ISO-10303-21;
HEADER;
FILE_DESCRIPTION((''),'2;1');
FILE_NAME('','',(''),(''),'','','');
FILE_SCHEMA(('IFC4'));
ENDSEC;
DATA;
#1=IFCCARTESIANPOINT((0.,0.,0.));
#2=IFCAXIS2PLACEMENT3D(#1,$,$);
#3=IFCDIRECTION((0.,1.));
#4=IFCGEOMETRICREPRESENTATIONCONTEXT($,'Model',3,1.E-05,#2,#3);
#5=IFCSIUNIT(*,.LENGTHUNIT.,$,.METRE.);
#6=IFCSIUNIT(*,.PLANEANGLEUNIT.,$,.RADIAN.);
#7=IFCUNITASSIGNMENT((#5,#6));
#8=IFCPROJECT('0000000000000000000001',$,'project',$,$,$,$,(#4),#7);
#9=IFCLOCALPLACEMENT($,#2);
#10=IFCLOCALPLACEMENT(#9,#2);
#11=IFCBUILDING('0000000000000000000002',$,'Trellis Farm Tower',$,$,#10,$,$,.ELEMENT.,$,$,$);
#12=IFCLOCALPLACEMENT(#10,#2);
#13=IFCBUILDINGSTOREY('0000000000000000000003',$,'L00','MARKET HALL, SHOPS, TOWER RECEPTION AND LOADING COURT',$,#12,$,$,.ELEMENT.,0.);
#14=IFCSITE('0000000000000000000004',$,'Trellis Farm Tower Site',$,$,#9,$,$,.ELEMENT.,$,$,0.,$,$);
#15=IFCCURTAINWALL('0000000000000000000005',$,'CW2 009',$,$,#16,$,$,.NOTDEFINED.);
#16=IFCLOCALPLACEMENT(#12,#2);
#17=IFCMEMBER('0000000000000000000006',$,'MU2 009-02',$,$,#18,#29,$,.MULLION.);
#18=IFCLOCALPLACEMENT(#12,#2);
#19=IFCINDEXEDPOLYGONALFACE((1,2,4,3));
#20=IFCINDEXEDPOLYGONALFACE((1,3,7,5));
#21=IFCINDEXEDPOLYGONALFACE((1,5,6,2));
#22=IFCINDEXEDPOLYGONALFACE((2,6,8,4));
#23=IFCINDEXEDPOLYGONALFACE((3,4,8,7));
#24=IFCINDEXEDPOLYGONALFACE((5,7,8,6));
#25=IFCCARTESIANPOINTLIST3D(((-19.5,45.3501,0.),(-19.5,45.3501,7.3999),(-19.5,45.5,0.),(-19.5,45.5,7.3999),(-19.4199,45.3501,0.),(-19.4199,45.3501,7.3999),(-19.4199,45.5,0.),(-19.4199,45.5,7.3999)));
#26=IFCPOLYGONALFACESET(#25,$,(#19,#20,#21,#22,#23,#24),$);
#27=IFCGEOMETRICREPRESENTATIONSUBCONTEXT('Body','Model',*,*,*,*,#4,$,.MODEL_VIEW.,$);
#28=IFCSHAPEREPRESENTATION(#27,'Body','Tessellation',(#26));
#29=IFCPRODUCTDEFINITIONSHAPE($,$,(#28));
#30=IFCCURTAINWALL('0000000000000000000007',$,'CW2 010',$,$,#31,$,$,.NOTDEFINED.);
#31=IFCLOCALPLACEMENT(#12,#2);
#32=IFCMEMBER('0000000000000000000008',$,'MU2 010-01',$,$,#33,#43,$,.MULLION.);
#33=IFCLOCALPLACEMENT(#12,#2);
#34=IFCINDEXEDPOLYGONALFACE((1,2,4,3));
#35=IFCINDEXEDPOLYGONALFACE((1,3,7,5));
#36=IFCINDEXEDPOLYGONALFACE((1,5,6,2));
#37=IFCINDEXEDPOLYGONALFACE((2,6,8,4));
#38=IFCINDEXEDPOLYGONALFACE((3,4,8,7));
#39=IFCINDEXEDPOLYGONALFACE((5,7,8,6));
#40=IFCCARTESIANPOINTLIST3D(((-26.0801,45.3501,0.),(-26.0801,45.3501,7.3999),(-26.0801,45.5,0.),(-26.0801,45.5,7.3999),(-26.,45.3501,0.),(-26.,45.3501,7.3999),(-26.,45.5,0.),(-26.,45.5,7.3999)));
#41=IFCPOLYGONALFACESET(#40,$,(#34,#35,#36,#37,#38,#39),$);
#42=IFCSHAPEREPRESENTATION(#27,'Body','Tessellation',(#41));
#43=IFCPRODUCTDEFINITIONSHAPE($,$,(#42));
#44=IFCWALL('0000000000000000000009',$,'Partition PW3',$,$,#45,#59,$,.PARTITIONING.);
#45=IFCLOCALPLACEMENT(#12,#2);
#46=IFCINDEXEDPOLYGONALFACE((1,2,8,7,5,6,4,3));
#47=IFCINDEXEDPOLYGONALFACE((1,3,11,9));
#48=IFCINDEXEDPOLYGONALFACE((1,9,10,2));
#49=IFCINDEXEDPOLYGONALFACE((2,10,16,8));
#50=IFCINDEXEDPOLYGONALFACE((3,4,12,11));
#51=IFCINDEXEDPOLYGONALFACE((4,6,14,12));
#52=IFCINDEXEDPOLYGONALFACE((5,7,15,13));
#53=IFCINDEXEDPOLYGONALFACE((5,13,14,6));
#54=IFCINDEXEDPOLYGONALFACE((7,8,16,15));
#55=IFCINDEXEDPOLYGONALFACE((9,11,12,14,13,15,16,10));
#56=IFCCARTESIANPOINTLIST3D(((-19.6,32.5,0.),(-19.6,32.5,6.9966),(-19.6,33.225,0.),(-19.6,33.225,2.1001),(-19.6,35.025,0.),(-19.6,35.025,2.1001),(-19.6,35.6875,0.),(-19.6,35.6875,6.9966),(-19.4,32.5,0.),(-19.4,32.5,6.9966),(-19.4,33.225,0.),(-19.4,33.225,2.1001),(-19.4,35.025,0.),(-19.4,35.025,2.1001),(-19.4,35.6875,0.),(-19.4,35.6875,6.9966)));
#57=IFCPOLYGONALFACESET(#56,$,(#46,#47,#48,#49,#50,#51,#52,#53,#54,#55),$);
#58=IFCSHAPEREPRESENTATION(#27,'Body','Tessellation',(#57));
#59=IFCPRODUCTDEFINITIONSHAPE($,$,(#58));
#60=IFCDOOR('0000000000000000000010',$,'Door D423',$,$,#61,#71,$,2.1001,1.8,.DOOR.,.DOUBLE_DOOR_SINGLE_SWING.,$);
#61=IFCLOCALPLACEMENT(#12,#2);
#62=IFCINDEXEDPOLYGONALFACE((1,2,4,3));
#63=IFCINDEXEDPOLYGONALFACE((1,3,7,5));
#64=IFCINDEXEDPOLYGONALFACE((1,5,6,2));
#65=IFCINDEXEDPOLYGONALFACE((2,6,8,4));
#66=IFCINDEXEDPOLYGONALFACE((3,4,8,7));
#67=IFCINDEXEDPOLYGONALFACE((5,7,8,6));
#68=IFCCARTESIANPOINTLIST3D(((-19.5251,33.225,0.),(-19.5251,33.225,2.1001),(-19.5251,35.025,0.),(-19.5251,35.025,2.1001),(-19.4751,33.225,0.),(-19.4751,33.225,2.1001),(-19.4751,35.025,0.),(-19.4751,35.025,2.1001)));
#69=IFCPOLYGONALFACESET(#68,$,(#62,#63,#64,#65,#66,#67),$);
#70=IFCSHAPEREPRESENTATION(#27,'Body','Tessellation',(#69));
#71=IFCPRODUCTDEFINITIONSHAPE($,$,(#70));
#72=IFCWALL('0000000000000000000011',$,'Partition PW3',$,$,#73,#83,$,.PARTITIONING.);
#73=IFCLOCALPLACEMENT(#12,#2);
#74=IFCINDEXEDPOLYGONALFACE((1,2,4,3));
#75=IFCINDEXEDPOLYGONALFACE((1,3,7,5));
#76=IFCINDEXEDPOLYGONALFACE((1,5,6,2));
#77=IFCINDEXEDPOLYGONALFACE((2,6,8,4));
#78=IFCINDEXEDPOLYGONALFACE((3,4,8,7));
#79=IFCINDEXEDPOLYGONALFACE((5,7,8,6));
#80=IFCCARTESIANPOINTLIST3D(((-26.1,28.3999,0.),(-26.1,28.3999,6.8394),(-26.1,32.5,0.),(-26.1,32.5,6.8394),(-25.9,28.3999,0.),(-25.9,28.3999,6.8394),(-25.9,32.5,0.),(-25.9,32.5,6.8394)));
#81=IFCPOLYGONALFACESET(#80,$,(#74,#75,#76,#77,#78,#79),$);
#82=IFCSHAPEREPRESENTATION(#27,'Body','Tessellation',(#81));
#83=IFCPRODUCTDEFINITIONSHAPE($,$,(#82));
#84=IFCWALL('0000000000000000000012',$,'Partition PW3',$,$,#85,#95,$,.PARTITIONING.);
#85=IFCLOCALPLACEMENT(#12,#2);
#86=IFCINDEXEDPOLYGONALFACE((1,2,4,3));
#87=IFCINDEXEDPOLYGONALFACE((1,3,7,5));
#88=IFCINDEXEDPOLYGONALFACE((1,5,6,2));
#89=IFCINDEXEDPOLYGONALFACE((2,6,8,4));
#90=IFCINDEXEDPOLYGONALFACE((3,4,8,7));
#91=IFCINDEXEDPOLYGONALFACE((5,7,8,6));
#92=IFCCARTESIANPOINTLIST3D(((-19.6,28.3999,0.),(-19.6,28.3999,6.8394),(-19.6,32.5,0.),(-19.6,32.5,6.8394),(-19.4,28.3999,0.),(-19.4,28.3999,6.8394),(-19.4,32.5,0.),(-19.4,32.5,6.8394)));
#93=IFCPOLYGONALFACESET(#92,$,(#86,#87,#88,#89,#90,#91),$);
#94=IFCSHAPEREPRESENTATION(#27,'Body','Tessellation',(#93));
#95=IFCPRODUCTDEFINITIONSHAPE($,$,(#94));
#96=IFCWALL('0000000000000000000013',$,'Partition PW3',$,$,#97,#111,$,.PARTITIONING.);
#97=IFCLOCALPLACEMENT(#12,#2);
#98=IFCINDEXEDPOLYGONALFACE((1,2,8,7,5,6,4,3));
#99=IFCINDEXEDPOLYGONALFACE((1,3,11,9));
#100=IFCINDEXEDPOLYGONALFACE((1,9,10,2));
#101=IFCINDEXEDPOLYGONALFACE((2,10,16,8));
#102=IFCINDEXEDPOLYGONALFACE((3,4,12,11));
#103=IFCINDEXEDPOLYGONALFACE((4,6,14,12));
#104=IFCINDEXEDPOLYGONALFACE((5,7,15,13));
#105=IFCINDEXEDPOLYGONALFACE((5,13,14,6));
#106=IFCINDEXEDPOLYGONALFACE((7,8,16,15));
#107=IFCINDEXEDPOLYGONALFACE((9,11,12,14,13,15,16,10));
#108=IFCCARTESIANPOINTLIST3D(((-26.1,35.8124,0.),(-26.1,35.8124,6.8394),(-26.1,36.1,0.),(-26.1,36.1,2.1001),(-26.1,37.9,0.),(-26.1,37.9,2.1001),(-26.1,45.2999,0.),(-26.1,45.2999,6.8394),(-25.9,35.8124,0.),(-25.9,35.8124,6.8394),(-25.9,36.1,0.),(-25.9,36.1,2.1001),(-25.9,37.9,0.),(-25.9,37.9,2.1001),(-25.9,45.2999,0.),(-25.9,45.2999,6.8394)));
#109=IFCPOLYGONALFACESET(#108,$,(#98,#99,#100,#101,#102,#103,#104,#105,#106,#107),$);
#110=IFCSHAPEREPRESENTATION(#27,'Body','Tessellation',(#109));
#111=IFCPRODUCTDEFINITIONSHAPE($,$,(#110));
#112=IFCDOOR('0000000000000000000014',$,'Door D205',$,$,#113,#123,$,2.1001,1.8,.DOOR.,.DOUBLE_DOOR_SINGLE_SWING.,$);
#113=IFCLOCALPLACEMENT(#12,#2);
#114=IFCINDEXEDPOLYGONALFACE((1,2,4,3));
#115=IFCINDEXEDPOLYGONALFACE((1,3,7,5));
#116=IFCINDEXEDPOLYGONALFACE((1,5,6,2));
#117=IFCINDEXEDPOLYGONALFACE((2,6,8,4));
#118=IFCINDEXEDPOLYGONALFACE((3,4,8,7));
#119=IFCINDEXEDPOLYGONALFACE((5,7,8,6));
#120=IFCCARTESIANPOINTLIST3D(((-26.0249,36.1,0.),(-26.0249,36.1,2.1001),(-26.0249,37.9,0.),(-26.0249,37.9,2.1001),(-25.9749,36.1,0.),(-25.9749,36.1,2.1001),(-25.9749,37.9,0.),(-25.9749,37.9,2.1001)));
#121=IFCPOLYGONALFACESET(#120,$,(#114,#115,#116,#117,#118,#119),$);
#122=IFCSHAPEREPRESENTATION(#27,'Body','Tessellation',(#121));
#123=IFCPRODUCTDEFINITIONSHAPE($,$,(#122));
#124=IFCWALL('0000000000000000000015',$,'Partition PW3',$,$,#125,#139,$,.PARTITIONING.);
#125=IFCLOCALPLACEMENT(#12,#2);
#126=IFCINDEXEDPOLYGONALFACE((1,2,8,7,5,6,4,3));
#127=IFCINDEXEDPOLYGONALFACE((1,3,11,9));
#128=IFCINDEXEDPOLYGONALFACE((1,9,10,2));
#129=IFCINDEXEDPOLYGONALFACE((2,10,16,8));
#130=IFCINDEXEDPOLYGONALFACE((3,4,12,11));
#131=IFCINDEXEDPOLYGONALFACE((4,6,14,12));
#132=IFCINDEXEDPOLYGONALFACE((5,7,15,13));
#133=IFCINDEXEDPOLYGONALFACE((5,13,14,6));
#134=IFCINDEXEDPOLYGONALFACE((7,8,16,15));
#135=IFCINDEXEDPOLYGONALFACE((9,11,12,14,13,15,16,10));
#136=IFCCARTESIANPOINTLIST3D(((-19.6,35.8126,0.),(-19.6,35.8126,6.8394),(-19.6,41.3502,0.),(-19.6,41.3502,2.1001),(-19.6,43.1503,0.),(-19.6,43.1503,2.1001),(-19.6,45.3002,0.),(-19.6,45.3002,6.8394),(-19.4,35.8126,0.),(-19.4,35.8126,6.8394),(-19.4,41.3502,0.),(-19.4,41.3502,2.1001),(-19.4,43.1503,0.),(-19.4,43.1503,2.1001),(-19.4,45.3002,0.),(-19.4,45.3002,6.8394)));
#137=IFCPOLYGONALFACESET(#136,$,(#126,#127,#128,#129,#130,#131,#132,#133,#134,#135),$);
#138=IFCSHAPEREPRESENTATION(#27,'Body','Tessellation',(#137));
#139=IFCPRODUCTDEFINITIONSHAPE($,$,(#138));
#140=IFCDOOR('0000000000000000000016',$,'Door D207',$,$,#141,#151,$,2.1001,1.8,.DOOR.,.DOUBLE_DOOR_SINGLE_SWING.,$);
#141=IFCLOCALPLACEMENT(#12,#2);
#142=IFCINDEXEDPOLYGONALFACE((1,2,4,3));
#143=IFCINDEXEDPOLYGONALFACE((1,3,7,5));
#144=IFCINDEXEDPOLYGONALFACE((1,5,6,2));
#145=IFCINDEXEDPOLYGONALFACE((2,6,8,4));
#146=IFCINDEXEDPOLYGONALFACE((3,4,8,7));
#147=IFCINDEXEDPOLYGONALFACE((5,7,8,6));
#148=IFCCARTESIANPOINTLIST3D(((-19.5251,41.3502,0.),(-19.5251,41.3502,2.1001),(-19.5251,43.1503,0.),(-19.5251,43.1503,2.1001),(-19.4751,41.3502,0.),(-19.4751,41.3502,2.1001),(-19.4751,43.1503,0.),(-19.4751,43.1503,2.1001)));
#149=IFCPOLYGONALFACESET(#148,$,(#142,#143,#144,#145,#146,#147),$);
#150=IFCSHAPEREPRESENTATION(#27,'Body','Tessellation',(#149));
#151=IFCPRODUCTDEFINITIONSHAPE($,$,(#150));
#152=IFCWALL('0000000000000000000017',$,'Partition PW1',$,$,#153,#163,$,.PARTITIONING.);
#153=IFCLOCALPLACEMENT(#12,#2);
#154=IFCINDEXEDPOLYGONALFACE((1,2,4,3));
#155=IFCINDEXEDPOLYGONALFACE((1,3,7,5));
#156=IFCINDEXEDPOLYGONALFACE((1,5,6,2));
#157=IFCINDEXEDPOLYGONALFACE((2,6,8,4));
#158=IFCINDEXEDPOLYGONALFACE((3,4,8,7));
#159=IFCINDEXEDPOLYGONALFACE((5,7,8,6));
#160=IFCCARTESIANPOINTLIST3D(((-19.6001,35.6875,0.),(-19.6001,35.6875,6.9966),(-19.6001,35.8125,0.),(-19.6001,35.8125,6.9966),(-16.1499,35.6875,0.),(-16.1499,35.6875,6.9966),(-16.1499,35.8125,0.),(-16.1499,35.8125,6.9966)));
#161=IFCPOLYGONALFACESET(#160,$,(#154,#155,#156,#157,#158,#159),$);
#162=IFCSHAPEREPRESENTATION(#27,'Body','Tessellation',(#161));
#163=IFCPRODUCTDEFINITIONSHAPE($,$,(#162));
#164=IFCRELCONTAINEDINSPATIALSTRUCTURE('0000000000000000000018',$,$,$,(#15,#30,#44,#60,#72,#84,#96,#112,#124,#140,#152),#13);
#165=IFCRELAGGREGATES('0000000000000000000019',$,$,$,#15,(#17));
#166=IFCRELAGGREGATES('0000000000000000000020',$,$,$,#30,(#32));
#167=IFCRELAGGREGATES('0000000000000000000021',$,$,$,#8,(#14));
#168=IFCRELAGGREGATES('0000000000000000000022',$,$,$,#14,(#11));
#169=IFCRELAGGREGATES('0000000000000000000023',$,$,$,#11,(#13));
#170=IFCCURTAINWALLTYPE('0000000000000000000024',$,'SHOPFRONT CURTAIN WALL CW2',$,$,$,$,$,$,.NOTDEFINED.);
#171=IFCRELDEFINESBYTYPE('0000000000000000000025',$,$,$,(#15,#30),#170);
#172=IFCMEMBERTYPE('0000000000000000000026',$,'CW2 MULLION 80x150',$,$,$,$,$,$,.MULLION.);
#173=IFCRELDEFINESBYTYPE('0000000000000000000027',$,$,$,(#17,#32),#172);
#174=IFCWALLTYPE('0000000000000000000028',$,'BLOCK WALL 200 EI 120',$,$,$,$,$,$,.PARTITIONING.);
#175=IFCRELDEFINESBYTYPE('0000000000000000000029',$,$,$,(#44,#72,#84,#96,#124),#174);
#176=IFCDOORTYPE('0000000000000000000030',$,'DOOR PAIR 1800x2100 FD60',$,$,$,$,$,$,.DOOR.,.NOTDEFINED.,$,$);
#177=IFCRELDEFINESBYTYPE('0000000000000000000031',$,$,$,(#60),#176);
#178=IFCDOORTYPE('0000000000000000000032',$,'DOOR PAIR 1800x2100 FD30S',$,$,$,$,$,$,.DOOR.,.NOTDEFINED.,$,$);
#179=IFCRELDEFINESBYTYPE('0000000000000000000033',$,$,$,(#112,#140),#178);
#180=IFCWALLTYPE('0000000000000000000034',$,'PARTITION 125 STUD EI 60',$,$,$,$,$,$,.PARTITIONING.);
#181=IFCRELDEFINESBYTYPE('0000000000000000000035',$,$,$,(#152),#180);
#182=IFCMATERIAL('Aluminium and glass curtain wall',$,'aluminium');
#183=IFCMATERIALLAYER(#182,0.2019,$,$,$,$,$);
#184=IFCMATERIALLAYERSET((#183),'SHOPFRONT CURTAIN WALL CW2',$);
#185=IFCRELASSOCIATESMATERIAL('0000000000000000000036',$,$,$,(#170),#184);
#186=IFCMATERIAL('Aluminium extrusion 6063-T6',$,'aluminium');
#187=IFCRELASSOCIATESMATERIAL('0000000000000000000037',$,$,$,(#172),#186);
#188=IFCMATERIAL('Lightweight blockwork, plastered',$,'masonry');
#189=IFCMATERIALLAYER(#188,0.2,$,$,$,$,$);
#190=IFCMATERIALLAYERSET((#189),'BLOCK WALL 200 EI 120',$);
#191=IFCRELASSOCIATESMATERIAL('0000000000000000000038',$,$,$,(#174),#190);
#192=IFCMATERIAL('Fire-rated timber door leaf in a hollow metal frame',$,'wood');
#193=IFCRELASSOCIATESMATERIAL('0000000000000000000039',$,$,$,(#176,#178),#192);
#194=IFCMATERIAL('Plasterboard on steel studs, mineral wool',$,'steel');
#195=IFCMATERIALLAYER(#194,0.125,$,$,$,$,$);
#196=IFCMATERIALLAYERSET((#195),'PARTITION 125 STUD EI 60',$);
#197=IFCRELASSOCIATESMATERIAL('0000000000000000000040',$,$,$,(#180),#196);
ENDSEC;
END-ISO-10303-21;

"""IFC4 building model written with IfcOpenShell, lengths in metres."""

from ifc_helpers import new_model, si_unit, direction, frame, frame_2d, origin, origin_2d, place, context, subcontext, project, spatial, rectangle, extrude, source, transform, mapped, material, layer, layer_set, material_profile, profile_set, type_object, element, fill, aggregate, save


model = new_model("IFC4")

# Units and contexts
model_context = context("Model", 3, precision=1e-05, world=origin(), true_north=direction((0.0, 1.0)))
body_context = subcontext(model_context, "Body", "Model", "MODEL_VIEW")
ifc_project = project(units=[si_unit("LENGTHUNIT", "METRE"), si_unit("PLANEANGLEUNIT", "RADIAN")], contexts=[model_context])

# Site, building, storey
site_placement = place(None, origin())
site = spatial("IfcSite", under=ifc_project, at=site_placement, Name="Trellis Farm Tower Site", CompositionType="ELEMENT", RefElevation=0.0)
building_placement = place(site_placement, origin())
building = spatial("IfcBuilding", under=site, at=building_placement, Name="Trellis Farm Tower", CompositionType="ELEMENT")
storey_placement = place(building_placement, origin())
storey = spatial("IfcBuildingStorey", under=building, at=storey_placement, Name="L00", Description="MARKET HALL, SHOPS, TOWER RECEPTION AND LOADING COURT", CompositionType="ELEMENT", Elevation=0.0)

# Curtain walls, members
ifc_material_1 = material(Name="Aluminium and glass curtain wall", Category="aluminium")
ifc_layer_1 = layer(ifc_material_1, 0.2019)
ifc_layer_set_1 = layer_set([ifc_layer_1], Name="SHOPFRONT CURTAIN WALL CW2")
curtain_wall_type = type_object("IfcCurtainWallType", Name="SHOPFRONT CURTAIN WALL CW2", PredefinedType="NOTDEFINED", material=ifc_layer_set_1)
placement = place(storey_placement, origin())
curtain_wall_1 = element("IfcCurtainWall", 1, at=placement, inside=storey, type_object=curtain_wall_type, Name="CW2 009", PredefinedType="NOTDEFINED")
ifc_material_2 = material(Name="Aluminium extrusion 6063-T6", Category="aluminium")
ifc_material_profile_1 = material_profile(ifc_material_2, rectangle(XDim=0.0801, YDim=0.1499, at=origin_2d()), Name="MULLION 80x150")
ifc_profile_set_1 = profile_set([ifc_material_profile_1], Name="Aluminium extrusion 6063-T6")
member_type = type_object("IfcMemberType", Name="CW2 MULLION 80x150", PredefinedType="MULLION", material=ifc_profile_set_1)
shared_shape_1 = source(origin(), body_context, "Body", "SweptSolid", [
    extrude(rectangle(XDim=0.0801, YDim=0.1499, at=origin_2d()), origin(), (0.0, 0.0, 1.0), 7.3999),
])
member_1_placement = place(storey_placement, frame((-19.46, 45.425, 0.0), z_axis=(0.0, 0.0, 1.0), x_axis=(-1.0, 0.0, 0.0)))
member_1 = element("IfcMember", 2, at=member_1_placement, type_object=member_type, Name="MU2 009-02", PredefinedType="MULLION", context=body_context, shape_type="MappedRepresentation", body=[
    mapped(shared_shape_1, transform((0.0, 0.0, 0.0))),
])
aggregate(curtain_wall_1, [member_1])
curtain_wall_2 = element("IfcCurtainWall", 3, at=placement, inside=storey, type_object=curtain_wall_type, Name="CW2 010", PredefinedType="NOTDEFINED")
member_2_placement = place(storey_placement, frame((-26.04, 45.425, 0.0), z_axis=(0.0, 0.0, 1.0), x_axis=(-1.0, 0.0, 0.0)))
member_2 = element("IfcMember", 4, at=member_2_placement, type_object=member_type, Name="MU2 010-01", PredefinedType="MULLION", context=body_context, shape_type="MappedRepresentation", body=[
    mapped(shared_shape_1, transform((0.0, 0.0, 0.0))),
])
aggregate(curtain_wall_2, [member_2])

# Wall, opening, door
ifc_material_3 = material(Name="Lightweight blockwork, plastered", Category="masonry")
ifc_layer_2 = layer(ifc_material_3, 0.2)
ifc_layer_set_2 = layer_set([ifc_layer_2], Name="BLOCK WALL 200 EI 120")
wall_type_1 = type_object("IfcWallType", Name="BLOCK WALL 200 EI 120", PredefinedType="PARTITIONING", material=ifc_layer_set_2)
shared_shape_2 = source(origin(), body_context, "Body", "SweptSolid", [
    extrude(rectangle(XDim=3.1875, YDim=0.2, at=frame_2d((1.5938, 0.0))), origin(), (0.0, 0.0, 1.0), 6.9966),
])
wall_1_placement = place(storey_placement, frame((-19.5, 35.6875, 0.0), z_axis=(0.0, 0.0, 1.0), x_axis=(0.0, -1.0, 0.0)))
wall_1 = element("IfcWall", 5, at=wall_1_placement, inside=storey, type_object=wall_type_1, Name="Partition PW3", PredefinedType="PARTITIONING", context=body_context, shape_type="MappedRepresentation", body=[
    mapped(shared_shape_2, transform((0.0, 0.0, 0.0))),
])
shared_shape_3 = source(origin(), body_context, "Body", "SweptSolid", [
    extrude(rectangle(XDim=1.8, YDim=2.1001, at=frame_2d((0.8999, 1.05))), frame((0.0, 0.1101, 0.0), z_axis=(0.0, -1.0, 0.0), x_axis=(1.0, 0.0, 0.0)), (0.0, 0.0, 1.0), 0.2202),
])
opening_1_placement = place(wall_1_placement, frame((0.6626, 0.0, 0.0)))
opening_1 = element("IfcOpeningElement", 6, at=opening_1_placement, cuts=wall_1, PredefinedType="OPENING", context=body_context, shape_type="MappedRepresentation", body=[
    mapped(shared_shape_3, transform((0.0, 0.0, 0.0))),
])
ifc_material_4 = material(Name="Fire-rated timber door leaf in a hollow metal frame", Category="wood")
door_type_1 = type_object("IfcDoorType", Name="DOOR PAIR 1800x2100 FD60", OperationType="NOTDEFINED", PredefinedType="DOOR", material=ifc_material_4)
shared_shape_4 = source(origin(), body_context, "Body", "SweptSolid", [
    extrude(rectangle(XDim=1.8, YDim=2.1001, at=frame_2d((0.8999, 1.05))), frame((0.0, 0.0249, 0.0), z_axis=(0.0, -1.0, 0.0), x_axis=(1.0, 0.0, 0.0)), (0.0, 0.0, 1.0), 0.05),
])
door_1_placement = place(opening_1_placement, origin())
door_1 = element("IfcDoor", 7, at=door_1_placement, inside=storey, type_object=door_type_1, Name="Door D423", OperationType="DOUBLE_DOOR_SINGLE_SWING", OverallHeight=2.1001, OverallWidth=1.8, PredefinedType="DOOR", context=body_context, shape_type="MappedRepresentation", body=[
    mapped(shared_shape_4, transform((0.0, 0.0, 0.0))),
])
fill(opening_1, door_1)

# Walls
shared_shape_5 = source(origin(), body_context, "Body", "SweptSolid", [
    extrude(rectangle(XDim=4.1001, YDim=0.2, at=frame_2d((2.05, 0.0))), origin(), (0.0, 0.0, 1.0), 6.8394),
])
for number, where, z_axis, x_axis, name in (
    (8, (-26.0, 32.5, 0.0), (0.0, 0.0, 1.0), (0.0, -1.0, 0.0), "Partition PW3"),
    (9, (-19.5, 32.5, 0.0), (0.0, 0.0, 1.0), (0.0, -1.0, 0.0), "Partition PW3"),
):
    element("IfcWall", number, at=place(storey_placement, frame(where, z_axis=z_axis, x_axis=x_axis)), inside=storey, type_object=wall_type_1, Name=name, PredefinedType="PARTITIONING", context=body_context, shape_type="MappedRepresentation", body=[
        mapped(shared_shape_5, transform((0.0, 0.0, 0.0))),
    ])

# Walls, openings, doors
shared_shape_6 = source(origin(), body_context, "Body", "SweptSolid", [
    extrude(rectangle(XDim=9.4875, YDim=0.2, at=frame_2d((4.7437, 0.0))), origin(), (0.0, 0.0, 1.0), 6.8394),
])
wall_2_placement = place(storey_placement, frame((-26.0, 35.8125, 0.0), z_axis=(0.0, 0.0, 1.0), x_axis=(0.0, 1.0, 0.0)))
wall_2 = element("IfcWall", 10, at=wall_2_placement, inside=storey, type_object=wall_type_1, Name="Partition PW3", PredefinedType="PARTITIONING", context=body_context, shape_type="MappedRepresentation", body=[
    mapped(shared_shape_6, transform((0.0, 0.0, 0.0))),
])
opening_2_placement = place(wall_2_placement, frame((0.2876, 0.0, 0.0)))
opening_2 = element("IfcOpeningElement", 11, at=opening_2_placement, cuts=wall_2, PredefinedType="OPENING", context=body_context, shape_type="MappedRepresentation", body=[
    mapped(shared_shape_3, transform((0.0, 0.0, 0.0))),
])
door_type_2 = type_object("IfcDoorType", Name="DOOR PAIR 1800x2100 FD30S", OperationType="NOTDEFINED", PredefinedType="DOOR", material=ifc_material_4)
door_2_placement = place(opening_2_placement, origin())
door_2 = element("IfcDoor", 12, at=door_2_placement, inside=storey, type_object=door_type_2, Name="Door D205", OperationType="DOUBLE_DOOR_SINGLE_SWING", OverallHeight=2.1001, OverallWidth=1.8, PredefinedType="DOOR", context=body_context, shape_type="MappedRepresentation", body=[
    mapped(shared_shape_4, transform((0.0, 0.0, 0.0))),
])
fill(opening_2, door_2)
wall_3_placement = place(storey_placement, frame((-19.5, 45.3, 0.0), z_axis=(0.0, 0.0, 1.0), x_axis=(0.0, -1.0, 0.0)))
wall_3 = element("IfcWall", 13, at=wall_3_placement, inside=storey, type_object=wall_type_1, Name="Partition PW3", PredefinedType="PARTITIONING", context=body_context, shape_type="MappedRepresentation", body=[
    mapped(shared_shape_6, transform((0.0, 0.0, 0.0))),
])
opening_3_placement = place(wall_3_placement, frame((2.1499, 0.0, 0.0)))
opening_3 = element("IfcOpeningElement", 14, at=opening_3_placement, cuts=wall_3, PredefinedType="OPENING", context=body_context, shape_type="MappedRepresentation", body=[
    mapped(shared_shape_3, transform((0.0, 0.0, 0.0))),
])
door_3_placement = place(opening_3_placement, origin())
door_3 = element("IfcDoor", 15, at=door_3_placement, inside=storey, type_object=door_type_2, Name="Door D207", OperationType="DOUBLE_DOOR_SINGLE_SWING", OverallHeight=2.1001, OverallWidth=1.8, PredefinedType="DOOR", context=body_context, shape_type="MappedRepresentation", body=[
    mapped(shared_shape_4, transform((0.0, 0.0, 0.0))),
])
fill(opening_3, door_3)

# Wall
ifc_material_5 = material(Name="Plasterboard on steel studs, mineral wool", Category="steel")
ifc_layer_3 = layer(ifc_material_5, 0.125)
ifc_layer_set_3 = layer_set([ifc_layer_3], Name="PARTITION 125 STUD EI 60")
wall_type_2 = type_object("IfcWallType", Name="PARTITION 125 STUD EI 60", PredefinedType="PARTITIONING", material=ifc_layer_set_3)
shared_shape_7 = source(origin(), body_context, "Body", "SweptSolid", [
    extrude(rectangle(XDim=3.4502, YDim=0.125, at=frame_2d((1.7251, 0.0))), origin(), (0.0, 0.0, 1.0), 6.9966),
])
wall_4_placement = place(storey_placement, frame((-19.6001, 35.75, 0.0), z_axis=(0.0, 0.0, 1.0), x_axis=(1.0, 0.0, 0.0)))
element("IfcWall", 16, at=wall_4_placement, inside=storey, type_object=wall_type_2, Name="Partition PW1", PredefinedType="PARTITIONING", context=body_context, shape_type="MappedRepresentation", body=[
    mapped(shared_shape_7, transform((0.0, 0.0, 0.0))),
])

save(model, "model.ifc")
